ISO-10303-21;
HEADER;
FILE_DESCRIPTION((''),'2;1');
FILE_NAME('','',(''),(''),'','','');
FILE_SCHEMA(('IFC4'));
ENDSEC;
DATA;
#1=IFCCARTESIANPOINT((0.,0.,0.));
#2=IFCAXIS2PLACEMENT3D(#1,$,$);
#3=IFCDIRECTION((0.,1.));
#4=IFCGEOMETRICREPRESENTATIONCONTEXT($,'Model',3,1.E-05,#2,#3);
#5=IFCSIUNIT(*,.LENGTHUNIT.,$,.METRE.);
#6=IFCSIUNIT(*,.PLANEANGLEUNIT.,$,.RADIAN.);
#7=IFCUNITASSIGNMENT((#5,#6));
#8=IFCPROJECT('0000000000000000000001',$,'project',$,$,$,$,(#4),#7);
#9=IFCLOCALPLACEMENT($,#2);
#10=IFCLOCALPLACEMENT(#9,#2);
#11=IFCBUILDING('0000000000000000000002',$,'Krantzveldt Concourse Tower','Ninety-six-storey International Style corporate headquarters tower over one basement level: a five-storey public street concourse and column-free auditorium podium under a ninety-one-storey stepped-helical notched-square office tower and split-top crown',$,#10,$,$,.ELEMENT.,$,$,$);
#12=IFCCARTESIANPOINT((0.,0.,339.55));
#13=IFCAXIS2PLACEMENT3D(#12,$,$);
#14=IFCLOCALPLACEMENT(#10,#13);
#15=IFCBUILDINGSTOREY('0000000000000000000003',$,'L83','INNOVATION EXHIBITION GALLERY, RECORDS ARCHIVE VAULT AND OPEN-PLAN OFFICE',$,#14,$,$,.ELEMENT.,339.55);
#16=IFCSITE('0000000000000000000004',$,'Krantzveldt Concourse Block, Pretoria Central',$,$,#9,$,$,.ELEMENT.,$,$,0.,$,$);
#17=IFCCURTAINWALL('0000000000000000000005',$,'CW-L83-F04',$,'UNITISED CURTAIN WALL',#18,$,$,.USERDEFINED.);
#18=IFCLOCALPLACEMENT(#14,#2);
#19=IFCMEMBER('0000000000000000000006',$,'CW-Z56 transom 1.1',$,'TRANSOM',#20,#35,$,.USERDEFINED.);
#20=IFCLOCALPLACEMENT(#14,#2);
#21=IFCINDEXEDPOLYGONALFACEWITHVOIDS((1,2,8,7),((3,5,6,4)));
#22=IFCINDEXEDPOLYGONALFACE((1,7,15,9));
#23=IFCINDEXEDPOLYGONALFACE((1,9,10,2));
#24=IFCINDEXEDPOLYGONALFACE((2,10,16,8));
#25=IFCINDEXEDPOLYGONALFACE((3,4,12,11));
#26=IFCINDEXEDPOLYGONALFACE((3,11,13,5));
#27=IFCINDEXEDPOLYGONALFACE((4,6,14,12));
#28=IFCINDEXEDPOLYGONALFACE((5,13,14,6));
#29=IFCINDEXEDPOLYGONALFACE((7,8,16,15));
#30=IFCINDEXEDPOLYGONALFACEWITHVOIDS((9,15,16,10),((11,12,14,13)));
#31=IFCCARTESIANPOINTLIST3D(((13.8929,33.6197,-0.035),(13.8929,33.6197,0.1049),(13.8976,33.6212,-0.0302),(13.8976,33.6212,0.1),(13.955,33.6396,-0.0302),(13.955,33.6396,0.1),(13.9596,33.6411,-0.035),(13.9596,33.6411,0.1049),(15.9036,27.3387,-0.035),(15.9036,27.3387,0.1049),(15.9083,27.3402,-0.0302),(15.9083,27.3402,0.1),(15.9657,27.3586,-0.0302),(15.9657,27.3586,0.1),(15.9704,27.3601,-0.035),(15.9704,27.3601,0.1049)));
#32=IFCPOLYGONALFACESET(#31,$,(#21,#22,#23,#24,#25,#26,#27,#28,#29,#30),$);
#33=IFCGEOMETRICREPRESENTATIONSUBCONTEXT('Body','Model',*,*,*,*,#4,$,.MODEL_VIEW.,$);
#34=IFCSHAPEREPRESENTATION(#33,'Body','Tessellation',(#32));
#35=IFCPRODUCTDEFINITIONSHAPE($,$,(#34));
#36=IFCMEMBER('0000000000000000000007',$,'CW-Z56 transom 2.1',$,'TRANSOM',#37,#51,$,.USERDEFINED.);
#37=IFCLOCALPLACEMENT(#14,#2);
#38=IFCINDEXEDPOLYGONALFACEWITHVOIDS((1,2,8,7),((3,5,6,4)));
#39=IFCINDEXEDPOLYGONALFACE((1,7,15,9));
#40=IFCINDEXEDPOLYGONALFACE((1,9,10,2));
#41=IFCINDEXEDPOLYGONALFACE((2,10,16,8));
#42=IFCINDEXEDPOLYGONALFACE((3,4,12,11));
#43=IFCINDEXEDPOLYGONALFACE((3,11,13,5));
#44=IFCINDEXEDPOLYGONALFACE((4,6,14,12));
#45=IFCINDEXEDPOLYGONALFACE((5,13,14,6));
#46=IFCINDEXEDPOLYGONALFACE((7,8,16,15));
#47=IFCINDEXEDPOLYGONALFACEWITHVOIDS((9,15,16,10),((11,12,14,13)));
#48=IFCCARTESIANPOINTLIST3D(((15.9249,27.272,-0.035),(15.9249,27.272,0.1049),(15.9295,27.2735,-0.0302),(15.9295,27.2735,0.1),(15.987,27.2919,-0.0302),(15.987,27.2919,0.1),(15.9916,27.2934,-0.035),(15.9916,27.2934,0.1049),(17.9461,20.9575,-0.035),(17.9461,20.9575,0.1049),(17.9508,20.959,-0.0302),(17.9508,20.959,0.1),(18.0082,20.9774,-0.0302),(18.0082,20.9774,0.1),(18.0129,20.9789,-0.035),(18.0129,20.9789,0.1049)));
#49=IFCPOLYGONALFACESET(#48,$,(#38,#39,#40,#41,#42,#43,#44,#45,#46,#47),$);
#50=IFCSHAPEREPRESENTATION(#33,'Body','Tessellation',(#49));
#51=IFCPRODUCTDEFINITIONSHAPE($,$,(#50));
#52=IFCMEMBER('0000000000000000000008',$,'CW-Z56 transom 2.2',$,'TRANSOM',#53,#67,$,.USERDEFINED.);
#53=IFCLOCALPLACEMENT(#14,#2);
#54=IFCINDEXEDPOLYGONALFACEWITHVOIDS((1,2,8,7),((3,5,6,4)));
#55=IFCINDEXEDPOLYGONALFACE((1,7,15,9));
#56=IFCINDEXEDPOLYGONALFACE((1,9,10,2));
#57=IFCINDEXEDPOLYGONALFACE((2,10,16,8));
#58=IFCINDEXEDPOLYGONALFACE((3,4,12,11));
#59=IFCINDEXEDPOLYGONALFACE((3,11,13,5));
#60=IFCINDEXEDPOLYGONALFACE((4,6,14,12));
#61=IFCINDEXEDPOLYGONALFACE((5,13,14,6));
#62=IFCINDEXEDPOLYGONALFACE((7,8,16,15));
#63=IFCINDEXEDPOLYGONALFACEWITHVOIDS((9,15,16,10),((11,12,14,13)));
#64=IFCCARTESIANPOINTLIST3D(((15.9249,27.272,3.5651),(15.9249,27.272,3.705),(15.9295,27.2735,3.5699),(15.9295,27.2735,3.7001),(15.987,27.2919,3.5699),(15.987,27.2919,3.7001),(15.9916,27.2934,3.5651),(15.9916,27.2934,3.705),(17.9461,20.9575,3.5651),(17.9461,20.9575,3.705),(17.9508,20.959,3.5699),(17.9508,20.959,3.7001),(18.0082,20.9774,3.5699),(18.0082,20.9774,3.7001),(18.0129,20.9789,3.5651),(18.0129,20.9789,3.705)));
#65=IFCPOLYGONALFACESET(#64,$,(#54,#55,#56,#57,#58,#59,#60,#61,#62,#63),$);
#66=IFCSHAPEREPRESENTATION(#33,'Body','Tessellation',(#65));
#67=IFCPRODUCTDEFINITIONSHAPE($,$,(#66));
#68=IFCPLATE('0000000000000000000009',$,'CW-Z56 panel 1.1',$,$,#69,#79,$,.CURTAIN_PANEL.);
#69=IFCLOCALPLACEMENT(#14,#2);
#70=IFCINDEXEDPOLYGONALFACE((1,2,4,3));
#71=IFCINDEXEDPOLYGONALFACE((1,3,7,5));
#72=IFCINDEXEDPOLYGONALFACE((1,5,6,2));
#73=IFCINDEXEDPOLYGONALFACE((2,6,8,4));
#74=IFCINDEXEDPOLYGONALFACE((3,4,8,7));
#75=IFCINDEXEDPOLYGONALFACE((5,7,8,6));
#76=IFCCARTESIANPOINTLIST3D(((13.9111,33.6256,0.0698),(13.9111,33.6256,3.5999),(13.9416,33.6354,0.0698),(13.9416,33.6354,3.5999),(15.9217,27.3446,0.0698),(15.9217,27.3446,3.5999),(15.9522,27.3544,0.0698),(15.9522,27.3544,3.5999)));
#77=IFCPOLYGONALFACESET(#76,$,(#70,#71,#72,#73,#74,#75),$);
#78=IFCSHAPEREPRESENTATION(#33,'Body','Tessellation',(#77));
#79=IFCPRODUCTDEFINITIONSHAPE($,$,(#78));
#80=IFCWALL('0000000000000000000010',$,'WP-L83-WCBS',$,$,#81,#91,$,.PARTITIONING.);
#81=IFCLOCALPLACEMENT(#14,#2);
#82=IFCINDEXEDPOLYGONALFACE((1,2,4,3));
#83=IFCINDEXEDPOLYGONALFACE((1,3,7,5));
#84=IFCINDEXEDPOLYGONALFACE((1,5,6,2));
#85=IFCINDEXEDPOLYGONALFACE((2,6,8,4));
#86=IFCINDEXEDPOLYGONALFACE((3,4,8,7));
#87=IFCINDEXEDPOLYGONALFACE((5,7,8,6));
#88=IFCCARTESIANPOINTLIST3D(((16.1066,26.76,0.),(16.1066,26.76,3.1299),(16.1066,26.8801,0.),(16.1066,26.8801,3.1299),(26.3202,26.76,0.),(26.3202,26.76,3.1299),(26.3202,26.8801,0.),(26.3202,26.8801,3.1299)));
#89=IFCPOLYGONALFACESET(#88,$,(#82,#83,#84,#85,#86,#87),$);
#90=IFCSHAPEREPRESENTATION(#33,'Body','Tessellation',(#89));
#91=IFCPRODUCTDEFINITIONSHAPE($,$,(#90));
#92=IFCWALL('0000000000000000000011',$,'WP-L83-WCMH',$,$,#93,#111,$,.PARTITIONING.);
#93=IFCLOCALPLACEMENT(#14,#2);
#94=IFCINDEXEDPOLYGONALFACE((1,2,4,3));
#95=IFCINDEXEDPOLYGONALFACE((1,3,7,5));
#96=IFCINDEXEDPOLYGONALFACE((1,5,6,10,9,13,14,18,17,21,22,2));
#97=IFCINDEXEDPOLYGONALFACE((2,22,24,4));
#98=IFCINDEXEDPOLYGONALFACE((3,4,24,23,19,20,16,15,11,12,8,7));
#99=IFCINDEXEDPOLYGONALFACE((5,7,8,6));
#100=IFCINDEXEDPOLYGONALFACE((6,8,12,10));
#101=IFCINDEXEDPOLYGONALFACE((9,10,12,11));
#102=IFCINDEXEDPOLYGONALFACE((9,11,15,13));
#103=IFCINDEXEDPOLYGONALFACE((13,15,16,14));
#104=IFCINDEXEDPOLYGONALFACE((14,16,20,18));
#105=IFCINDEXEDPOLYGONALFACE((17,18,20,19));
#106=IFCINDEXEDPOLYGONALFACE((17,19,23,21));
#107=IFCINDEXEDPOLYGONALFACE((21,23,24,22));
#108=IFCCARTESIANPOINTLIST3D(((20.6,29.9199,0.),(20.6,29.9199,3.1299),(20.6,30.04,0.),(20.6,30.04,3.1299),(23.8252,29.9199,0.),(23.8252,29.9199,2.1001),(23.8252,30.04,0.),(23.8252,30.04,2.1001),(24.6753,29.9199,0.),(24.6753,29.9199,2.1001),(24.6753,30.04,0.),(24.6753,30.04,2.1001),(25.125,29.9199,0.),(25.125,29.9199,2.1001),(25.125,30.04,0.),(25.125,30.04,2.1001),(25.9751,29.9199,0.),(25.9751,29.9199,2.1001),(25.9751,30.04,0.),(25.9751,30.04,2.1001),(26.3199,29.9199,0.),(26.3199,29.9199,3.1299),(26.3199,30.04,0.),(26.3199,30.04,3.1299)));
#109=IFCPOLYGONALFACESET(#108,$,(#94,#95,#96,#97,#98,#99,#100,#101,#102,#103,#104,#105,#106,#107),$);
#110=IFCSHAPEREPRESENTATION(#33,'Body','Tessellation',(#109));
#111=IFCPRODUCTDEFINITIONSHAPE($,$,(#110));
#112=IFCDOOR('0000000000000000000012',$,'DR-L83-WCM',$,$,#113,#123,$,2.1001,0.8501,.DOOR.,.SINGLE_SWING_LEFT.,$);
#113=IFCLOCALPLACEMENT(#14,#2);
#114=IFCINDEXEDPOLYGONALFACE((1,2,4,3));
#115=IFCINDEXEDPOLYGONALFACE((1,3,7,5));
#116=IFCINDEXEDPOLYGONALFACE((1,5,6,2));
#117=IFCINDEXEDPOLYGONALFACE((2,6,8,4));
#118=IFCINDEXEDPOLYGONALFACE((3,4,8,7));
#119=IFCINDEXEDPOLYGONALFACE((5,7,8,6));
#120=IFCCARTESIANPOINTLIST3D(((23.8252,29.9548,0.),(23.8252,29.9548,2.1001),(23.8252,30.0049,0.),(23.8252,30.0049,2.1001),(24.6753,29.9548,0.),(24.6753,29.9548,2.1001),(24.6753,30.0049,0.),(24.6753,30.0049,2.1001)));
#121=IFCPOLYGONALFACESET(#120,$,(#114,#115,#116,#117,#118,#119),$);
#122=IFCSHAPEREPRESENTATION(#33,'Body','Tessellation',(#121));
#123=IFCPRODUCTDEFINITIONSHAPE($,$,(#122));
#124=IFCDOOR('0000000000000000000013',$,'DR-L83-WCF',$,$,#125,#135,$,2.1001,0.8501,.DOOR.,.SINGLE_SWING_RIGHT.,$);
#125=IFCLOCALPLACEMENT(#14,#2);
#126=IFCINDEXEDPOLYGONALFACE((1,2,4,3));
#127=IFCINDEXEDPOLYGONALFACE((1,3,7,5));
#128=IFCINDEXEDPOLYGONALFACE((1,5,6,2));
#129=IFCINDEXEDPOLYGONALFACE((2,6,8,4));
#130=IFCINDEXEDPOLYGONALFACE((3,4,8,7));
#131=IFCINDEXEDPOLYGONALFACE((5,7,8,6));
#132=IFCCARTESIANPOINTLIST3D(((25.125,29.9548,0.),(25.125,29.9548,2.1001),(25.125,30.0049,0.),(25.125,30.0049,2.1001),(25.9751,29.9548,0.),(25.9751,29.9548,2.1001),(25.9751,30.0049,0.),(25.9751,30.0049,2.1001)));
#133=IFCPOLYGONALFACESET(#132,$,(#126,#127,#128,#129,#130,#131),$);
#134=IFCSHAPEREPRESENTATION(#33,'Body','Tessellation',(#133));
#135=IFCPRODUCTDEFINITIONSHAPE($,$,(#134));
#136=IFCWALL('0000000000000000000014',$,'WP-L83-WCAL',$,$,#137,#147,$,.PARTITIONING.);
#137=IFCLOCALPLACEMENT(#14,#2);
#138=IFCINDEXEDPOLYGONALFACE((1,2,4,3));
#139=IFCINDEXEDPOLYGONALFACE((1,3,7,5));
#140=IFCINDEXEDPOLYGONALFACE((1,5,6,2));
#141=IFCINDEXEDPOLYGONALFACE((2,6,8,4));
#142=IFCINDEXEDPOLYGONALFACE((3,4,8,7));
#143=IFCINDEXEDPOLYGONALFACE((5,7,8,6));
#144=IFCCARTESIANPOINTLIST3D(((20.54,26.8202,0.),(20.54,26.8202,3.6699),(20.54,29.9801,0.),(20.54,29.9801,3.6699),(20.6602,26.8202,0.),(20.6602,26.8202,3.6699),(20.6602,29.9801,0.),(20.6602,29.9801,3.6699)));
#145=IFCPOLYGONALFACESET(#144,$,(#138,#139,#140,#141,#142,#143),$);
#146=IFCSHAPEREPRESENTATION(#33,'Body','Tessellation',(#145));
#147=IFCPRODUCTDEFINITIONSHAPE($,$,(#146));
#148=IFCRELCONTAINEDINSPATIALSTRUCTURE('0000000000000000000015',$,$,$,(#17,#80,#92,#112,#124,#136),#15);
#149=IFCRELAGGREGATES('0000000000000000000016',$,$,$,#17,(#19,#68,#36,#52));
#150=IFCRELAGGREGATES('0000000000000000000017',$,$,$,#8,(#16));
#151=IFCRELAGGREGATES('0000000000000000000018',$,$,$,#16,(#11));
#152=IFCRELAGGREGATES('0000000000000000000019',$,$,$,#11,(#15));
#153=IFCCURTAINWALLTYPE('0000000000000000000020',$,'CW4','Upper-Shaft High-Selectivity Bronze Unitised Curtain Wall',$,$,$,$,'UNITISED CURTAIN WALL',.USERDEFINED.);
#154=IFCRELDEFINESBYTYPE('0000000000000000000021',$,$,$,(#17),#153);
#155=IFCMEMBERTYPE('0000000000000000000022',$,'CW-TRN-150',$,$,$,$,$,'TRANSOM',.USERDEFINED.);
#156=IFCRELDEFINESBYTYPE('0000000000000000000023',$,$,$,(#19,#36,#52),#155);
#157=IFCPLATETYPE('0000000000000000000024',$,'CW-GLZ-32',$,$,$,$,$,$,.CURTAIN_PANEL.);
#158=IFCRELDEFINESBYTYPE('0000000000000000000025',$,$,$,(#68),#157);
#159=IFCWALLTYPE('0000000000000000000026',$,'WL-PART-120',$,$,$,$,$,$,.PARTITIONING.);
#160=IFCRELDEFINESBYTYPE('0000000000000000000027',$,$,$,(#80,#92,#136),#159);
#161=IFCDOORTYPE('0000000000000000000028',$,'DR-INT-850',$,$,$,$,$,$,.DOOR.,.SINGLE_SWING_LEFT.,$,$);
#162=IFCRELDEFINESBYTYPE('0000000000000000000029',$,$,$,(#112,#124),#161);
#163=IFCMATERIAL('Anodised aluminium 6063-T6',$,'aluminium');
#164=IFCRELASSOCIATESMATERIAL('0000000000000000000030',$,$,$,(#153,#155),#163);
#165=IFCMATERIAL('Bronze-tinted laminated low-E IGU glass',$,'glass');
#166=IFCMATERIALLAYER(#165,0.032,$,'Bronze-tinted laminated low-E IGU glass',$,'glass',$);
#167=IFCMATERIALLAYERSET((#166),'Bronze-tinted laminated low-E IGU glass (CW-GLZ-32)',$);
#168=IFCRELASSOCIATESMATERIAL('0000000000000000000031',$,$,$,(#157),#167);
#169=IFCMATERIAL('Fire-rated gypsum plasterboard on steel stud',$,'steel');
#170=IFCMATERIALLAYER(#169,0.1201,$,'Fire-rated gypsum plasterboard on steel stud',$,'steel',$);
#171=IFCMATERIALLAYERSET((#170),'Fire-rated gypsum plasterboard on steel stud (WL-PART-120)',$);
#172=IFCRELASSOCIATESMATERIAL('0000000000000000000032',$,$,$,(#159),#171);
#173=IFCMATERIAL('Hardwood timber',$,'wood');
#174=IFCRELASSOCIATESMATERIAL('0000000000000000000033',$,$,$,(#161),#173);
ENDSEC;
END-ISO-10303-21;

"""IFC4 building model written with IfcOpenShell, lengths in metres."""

from ifc_helpers import new_model, si_unit, direction, frame, frame_2d, origin, origin_2d, place, context, subcontext, project, spatial, rectangle, hollow_rectangle, extrude, source, transform, mapped, material, layer, layer_set, material_profile, profile_set, type_object, type_shapes, element, fill, aggregate, save


model = new_model("IFC4")

# Units and contexts
model_context = context("Model", 3, precision=1e-05, world=origin(), true_north=direction((0.0, 1.0)))
body_context = subcontext(model_context, "Body", "Model", "MODEL_VIEW")
ifc_project = project(units=[si_unit("LENGTHUNIT", "METRE"), si_unit("PLANEANGLEUNIT", "RADIAN")], contexts=[model_context])

# Site, building, storey
site_placement = place(None, origin())
site = spatial("IfcSite", under=ifc_project, at=site_placement, Name="Krantzveldt Concourse Block, Pretoria Central", CompositionType="ELEMENT", RefElevation=0.0)
building_placement = place(site_placement, origin())
building = spatial("IfcBuilding", under=site, at=building_placement, Name="Krantzveldt Concourse Tower", Description="Ninety-six-storey International Style corporate headquarters tower over one basement level: a five-storey public street concourse and column-free auditorium podium under a ninety-one-storey stepped-helical notched-square office tower and split-top crown", CompositionType="ELEMENT")
storey_placement = place(building_placement, frame((0.0, 0.0, 339.55)))
storey = spatial("IfcBuildingStorey", under=building, at=storey_placement, Name="L83", Description="INNOVATION EXHIBITION GALLERY, RECORDS ARCHIVE VAULT AND OPEN-PLAN OFFICE", CompositionType="ELEMENT", Elevation=339.55)

# Curtain wall, members, plate
ifc_material_1 = material(Name="Anodised aluminium 6063-T6", Category="aluminium")
curtain_wall_type = type_object("IfcCurtainWallType", Name="CW4", Description="Upper-Shaft High-Selectivity Bronze Unitised Curtain Wall", ElementType="UNITISED CURTAIN WALL", PredefinedType="USERDEFINED", material=ifc_material_1)
curtain_wall_placement = place(storey_placement, origin())
curtain_wall = element("IfcCurtainWall", 1, at=curtain_wall_placement, inside=storey, type_object=curtain_wall_type, Name="CW-L83-F04", ObjectType="UNITISED CURTAIN WALL", PredefinedType="USERDEFINED")
ifc_material_profile_1 = material_profile(ifc_material_1, hollow_rectangle(XDim=0.0701, YDim=0.1399, WallThickness=0.0049, at=origin_2d()), Name="Anodised aluminium 6063-T6", Category="aluminium")
ifc_profile_set_1 = profile_set([ifc_material_profile_1], Name="Anodised aluminium 6063-T6 - ALU-TRAN 140x70x5")
member_type_1 = type_object("IfcMemberType", Name="CW-TRN-150", ElementType="TRANSOM", PredefinedType="USERDEFINED", material=ifc_profile_set_1)
shared_shape_1 = source(origin(), body_context, "Body", "SweptSolid", [
    extrude(hollow_rectangle(XDim=0.0701, YDim=0.1399, WallThickness=0.0049, at=origin_2d()), origin(), (0.0, 0.0, 1.0), 6.595),
])
member_1_placement = place(storey_placement, frame((13.9263, 33.6304, 0.0349), z_axis=(0.304889, -0.952388, 0.0), x_axis=(0.952388, 0.304889, 0.0)))
member_1 = element("IfcMember", 2, at=member_1_placement, type_object=member_type_1, Name="CW-Z56 transom 1.1", ObjectType="TRANSOM", PredefinedType="USERDEFINED", context=body_context, shape_type="MappedRepresentation", body=[
    mapped(shared_shape_1, transform((0.0, 0.0, 0.0), x_axis=(1.0, 0.0, 0.0), y_axis=(0.0, 1.0, 0.0), z_axis=(0.0, 0.0, 1.0), scale=1.0)),
])
shared_shape_2 = source(origin(), body_context, "Body", "SweptSolid", [
    extrude(hollow_rectangle(XDim=0.0701, YDim=0.1399, WallThickness=0.0049, at=origin_2d()), origin(), (0.0, 0.0, 1.0), 6.6301),
])
type_shapes(member_type_1, [shared_shape_1, shared_shape_2])
member_2_placement = place(storey_placement, frame((15.9583, 27.2827, 0.0349), z_axis=(0.30486, -0.952397, 0.0), x_axis=(0.952397, 0.30486, 0.0)))
member_2 = element("IfcMember", 3, at=member_2_placement, type_object=member_type_1, Name="CW-Z56 transom 2.1", ObjectType="TRANSOM", PredefinedType="USERDEFINED", context=body_context, shape_type="MappedRepresentation", body=[
    mapped(shared_shape_2, transform((0.0, 0.0, 0.0), x_axis=(1.0, 0.0, 0.0), y_axis=(0.0, 1.0, 0.0), z_axis=(0.0, 0.0, 1.0), scale=1.0)),
])
member_3_placement = place(storey_placement, frame((15.9583, 27.2827, 3.635), z_axis=(0.30486, -0.952397, 0.0), x_axis=(0.952397, 0.30486, 0.0)))
member_3 = element("IfcMember", 4, at=member_3_placement, type_object=member_type_1, Name="CW-Z56 transom 2.2", ObjectType="TRANSOM", PredefinedType="USERDEFINED", context=body_context, shape_type="MappedRepresentation", body=[
    mapped(shared_shape_2, transform((0.0, 0.0, 0.0), x_axis=(1.0, 0.0, 0.0), y_axis=(0.0, 1.0, 0.0), z_axis=(0.0, 0.0, 1.0), scale=1.0)),
])
ifc_material_2 = material(Name="Bronze-tinted laminated low-E IGU glass", Category="glass")
ifc_layer_1 = layer(ifc_material_2, 0.032, Name="Bronze-tinted laminated low-E IGU glass", Category="glass")
ifc_layer_set_1 = layer_set([ifc_layer_1], Name="Bronze-tinted laminated low-E IGU glass (CW-GLZ-32)")
plate_type = type_object("IfcPlateType", Name="CW-GLZ-32", PredefinedType="CURTAIN_PANEL", material=ifc_layer_set_1)
shared_shape_3 = source(origin(), body_context, "Body", "SweptSolid", [
    extrude(rectangle(XDim=6.595, YDim=0.032, at=origin_2d()), origin(), (0.0, 0.0, 1.0), 3.53),
])
type_shapes(plate_type, [shared_shape_3])
plate_placement = place(storey_placement, frame((14.9316, 30.49, 0.0698), z_axis=(0.0, 0.0, 1.0), x_axis=(0.304864, -0.952396, 0.0)))
plate = element("IfcPlate", 5, at=plate_placement, type_object=plate_type, Name="CW-Z56 panel 1.1", PredefinedType="CURTAIN_PANEL", context=body_context, shape_type="MappedRepresentation", body=[
    mapped(shared_shape_3, transform((0.0, 0.0, 0.0), x_axis=(1.0, 0.0, 0.0), y_axis=(0.0, 1.0, 0.0), z_axis=(0.0, 0.0, 1.0), scale=1.0)),
])
aggregate(curtain_wall, [member_1, plate, member_2, member_3])

# Wall
ifc_material_3 = material(Name="Fire-rated gypsum plasterboard on steel stud", Category="steel")
ifc_layer_2 = layer(ifc_material_3, 0.1201, Name="Fire-rated gypsum plasterboard on steel stud", Category="steel")
ifc_layer_set_2 = layer_set([ifc_layer_2], Name="Fire-rated gypsum plasterboard on steel stud (WL-PART-120)")
wall_type_1 = type_object("IfcWallType", Name="WL-PART-120", PredefinedType="PARTITIONING", material=ifc_layer_set_2)
wall_1_placement = place(storey_placement, frame((16.1064, 26.8201, 0.0), z_axis=(0.0, 0.0, 1.0), x_axis=(1.0, 0.0, 0.0)))
element("IfcWall", 6, at=wall_1_placement, inside=storey, type_object=wall_type_1, Name="WP-L83-WCBS", PredefinedType="PARTITIONING", context=body_context, shape_type="SweptSolid", body=[
    extrude(rectangle(XDim=10.2136, YDim=0.1201, at=frame_2d((5.1069, 0.0))), origin(), (0.0, 0.0, 1.0), 3.1299),
])

# Wall, openings, doors
wall_2_placement = place(storey_placement, frame((20.6001, 29.98, 0.0), z_axis=(0.0, 0.0, 1.0), x_axis=(1.0, 0.0, 0.0)))
wall_2 = element("IfcWall", 7, at=wall_2_placement, inside=storey, type_object=wall_type_1, Name="WP-L83-WCMH", PredefinedType="PARTITIONING", context=body_context, shape_type="SweptSolid", body=[
    extrude(rectangle(XDim=5.72, YDim=0.1201, at=frame_2d((2.8599, 0.0))), origin(), (0.0, 0.0, 1.0), 3.1299),
])
opening_1_placement = place(wall_2_placement, frame((3.2251, 0.0, 0.0)))
opening_1 = element("IfcOpeningElement", 8, at=opening_1_placement, cuts=wall_2, PredefinedType="OPENING", context=body_context, shape_type="SweptSolid", body=[
    extrude(rectangle(XDim=0.8501, YDim=2.1001, at=frame_2d((0.425, 1.05))), frame((0.0, 0.0701, 0.0), z_axis=(0.0, -1.0, 0.0), x_axis=(1.0, 0.0, 0.0)), (0.0, 0.0, 1.0), 0.1401),
])
opening_2_placement = place(wall_2_placement, frame((4.5249, 0.0, 0.0)))
opening_2 = element("IfcOpeningElement", 9, at=opening_2_placement, cuts=wall_2, PredefinedType="OPENING", context=body_context, shape_type="SweptSolid", body=[
    extrude(rectangle(XDim=0.8501, YDim=2.1001, at=frame_2d((0.425, 1.05))), frame((0.0, 0.0701, 0.0), z_axis=(0.0, -1.0, 0.0), x_axis=(1.0, 0.0, 0.0)), (0.0, 0.0, 1.0), 0.1401),
])
ifc_material_4 = material(Name="Hardwood timber", Category="wood")
door_type_1 = type_object("IfcDoorType", Name="DR-INT-850", OperationType="SINGLE_SWING_LEFT", PredefinedType="DOOR", material=ifc_material_4)
door_1_placement = place(opening_1_placement, origin())
door_1 = element("IfcDoor", 10, at=door_1_placement, inside=storey, type_object=door_type_1, Name="DR-L83-WCM", OperationType="SINGLE_SWING_LEFT", OverallHeight=2.1001, OverallWidth=0.8501, PredefinedType="DOOR", context=body_context, shape_type="SweptSolid", body=[
    extrude(rectangle(XDim=0.8501, YDim=2.1001, at=frame_2d((0.425, 1.05))), frame((0.0, 0.0249, 0.0), z_axis=(0.0, -1.0, 0.0), x_axis=(1.0, 0.0, 0.0)), (0.0, 0.0, 1.0), 0.05),
])
fill(opening_1, door_1)
door_2_placement = place(opening_2_placement, origin())
door_2 = element("IfcDoor", 11, at=door_2_placement, inside=storey, type_object=door_type_1, Name="DR-L83-WCF", OperationType="SINGLE_SWING_RIGHT", OverallHeight=2.1001, OverallWidth=0.8501, PredefinedType="DOOR", context=body_context, shape_type="SweptSolid", body=[
    extrude(rectangle(XDim=0.8501, YDim=2.1001, at=frame_2d((0.425, 1.05))), frame((0.0, 0.0249, 0.0), z_axis=(0.0, -1.0, 0.0), x_axis=(1.0, 0.0, 0.0)), (0.0, 0.0, 1.0), 0.05),
])
fill(opening_2, door_2)

# Wall
wall_3_placement = place(storey_placement, frame((20.6001, 26.8201, 0.0), z_axis=(0.0, 0.0, 1.0), x_axis=(0.0, 1.0, 0.0)))
element("IfcWall", 12, at=wall_3_placement, inside=storey, type_object=wall_type_1, Name="WP-L83-WCAL", PredefinedType="PARTITIONING", context=body_context, shape_type="SweptSolid", body=[
    extrude(rectangle(XDim=3.1599, YDim=0.1201, at=frame_2d((1.5801, 0.0))), origin(), (0.0, 0.0, 1.0), 3.6699),
])

save(model, "model.ifc")
